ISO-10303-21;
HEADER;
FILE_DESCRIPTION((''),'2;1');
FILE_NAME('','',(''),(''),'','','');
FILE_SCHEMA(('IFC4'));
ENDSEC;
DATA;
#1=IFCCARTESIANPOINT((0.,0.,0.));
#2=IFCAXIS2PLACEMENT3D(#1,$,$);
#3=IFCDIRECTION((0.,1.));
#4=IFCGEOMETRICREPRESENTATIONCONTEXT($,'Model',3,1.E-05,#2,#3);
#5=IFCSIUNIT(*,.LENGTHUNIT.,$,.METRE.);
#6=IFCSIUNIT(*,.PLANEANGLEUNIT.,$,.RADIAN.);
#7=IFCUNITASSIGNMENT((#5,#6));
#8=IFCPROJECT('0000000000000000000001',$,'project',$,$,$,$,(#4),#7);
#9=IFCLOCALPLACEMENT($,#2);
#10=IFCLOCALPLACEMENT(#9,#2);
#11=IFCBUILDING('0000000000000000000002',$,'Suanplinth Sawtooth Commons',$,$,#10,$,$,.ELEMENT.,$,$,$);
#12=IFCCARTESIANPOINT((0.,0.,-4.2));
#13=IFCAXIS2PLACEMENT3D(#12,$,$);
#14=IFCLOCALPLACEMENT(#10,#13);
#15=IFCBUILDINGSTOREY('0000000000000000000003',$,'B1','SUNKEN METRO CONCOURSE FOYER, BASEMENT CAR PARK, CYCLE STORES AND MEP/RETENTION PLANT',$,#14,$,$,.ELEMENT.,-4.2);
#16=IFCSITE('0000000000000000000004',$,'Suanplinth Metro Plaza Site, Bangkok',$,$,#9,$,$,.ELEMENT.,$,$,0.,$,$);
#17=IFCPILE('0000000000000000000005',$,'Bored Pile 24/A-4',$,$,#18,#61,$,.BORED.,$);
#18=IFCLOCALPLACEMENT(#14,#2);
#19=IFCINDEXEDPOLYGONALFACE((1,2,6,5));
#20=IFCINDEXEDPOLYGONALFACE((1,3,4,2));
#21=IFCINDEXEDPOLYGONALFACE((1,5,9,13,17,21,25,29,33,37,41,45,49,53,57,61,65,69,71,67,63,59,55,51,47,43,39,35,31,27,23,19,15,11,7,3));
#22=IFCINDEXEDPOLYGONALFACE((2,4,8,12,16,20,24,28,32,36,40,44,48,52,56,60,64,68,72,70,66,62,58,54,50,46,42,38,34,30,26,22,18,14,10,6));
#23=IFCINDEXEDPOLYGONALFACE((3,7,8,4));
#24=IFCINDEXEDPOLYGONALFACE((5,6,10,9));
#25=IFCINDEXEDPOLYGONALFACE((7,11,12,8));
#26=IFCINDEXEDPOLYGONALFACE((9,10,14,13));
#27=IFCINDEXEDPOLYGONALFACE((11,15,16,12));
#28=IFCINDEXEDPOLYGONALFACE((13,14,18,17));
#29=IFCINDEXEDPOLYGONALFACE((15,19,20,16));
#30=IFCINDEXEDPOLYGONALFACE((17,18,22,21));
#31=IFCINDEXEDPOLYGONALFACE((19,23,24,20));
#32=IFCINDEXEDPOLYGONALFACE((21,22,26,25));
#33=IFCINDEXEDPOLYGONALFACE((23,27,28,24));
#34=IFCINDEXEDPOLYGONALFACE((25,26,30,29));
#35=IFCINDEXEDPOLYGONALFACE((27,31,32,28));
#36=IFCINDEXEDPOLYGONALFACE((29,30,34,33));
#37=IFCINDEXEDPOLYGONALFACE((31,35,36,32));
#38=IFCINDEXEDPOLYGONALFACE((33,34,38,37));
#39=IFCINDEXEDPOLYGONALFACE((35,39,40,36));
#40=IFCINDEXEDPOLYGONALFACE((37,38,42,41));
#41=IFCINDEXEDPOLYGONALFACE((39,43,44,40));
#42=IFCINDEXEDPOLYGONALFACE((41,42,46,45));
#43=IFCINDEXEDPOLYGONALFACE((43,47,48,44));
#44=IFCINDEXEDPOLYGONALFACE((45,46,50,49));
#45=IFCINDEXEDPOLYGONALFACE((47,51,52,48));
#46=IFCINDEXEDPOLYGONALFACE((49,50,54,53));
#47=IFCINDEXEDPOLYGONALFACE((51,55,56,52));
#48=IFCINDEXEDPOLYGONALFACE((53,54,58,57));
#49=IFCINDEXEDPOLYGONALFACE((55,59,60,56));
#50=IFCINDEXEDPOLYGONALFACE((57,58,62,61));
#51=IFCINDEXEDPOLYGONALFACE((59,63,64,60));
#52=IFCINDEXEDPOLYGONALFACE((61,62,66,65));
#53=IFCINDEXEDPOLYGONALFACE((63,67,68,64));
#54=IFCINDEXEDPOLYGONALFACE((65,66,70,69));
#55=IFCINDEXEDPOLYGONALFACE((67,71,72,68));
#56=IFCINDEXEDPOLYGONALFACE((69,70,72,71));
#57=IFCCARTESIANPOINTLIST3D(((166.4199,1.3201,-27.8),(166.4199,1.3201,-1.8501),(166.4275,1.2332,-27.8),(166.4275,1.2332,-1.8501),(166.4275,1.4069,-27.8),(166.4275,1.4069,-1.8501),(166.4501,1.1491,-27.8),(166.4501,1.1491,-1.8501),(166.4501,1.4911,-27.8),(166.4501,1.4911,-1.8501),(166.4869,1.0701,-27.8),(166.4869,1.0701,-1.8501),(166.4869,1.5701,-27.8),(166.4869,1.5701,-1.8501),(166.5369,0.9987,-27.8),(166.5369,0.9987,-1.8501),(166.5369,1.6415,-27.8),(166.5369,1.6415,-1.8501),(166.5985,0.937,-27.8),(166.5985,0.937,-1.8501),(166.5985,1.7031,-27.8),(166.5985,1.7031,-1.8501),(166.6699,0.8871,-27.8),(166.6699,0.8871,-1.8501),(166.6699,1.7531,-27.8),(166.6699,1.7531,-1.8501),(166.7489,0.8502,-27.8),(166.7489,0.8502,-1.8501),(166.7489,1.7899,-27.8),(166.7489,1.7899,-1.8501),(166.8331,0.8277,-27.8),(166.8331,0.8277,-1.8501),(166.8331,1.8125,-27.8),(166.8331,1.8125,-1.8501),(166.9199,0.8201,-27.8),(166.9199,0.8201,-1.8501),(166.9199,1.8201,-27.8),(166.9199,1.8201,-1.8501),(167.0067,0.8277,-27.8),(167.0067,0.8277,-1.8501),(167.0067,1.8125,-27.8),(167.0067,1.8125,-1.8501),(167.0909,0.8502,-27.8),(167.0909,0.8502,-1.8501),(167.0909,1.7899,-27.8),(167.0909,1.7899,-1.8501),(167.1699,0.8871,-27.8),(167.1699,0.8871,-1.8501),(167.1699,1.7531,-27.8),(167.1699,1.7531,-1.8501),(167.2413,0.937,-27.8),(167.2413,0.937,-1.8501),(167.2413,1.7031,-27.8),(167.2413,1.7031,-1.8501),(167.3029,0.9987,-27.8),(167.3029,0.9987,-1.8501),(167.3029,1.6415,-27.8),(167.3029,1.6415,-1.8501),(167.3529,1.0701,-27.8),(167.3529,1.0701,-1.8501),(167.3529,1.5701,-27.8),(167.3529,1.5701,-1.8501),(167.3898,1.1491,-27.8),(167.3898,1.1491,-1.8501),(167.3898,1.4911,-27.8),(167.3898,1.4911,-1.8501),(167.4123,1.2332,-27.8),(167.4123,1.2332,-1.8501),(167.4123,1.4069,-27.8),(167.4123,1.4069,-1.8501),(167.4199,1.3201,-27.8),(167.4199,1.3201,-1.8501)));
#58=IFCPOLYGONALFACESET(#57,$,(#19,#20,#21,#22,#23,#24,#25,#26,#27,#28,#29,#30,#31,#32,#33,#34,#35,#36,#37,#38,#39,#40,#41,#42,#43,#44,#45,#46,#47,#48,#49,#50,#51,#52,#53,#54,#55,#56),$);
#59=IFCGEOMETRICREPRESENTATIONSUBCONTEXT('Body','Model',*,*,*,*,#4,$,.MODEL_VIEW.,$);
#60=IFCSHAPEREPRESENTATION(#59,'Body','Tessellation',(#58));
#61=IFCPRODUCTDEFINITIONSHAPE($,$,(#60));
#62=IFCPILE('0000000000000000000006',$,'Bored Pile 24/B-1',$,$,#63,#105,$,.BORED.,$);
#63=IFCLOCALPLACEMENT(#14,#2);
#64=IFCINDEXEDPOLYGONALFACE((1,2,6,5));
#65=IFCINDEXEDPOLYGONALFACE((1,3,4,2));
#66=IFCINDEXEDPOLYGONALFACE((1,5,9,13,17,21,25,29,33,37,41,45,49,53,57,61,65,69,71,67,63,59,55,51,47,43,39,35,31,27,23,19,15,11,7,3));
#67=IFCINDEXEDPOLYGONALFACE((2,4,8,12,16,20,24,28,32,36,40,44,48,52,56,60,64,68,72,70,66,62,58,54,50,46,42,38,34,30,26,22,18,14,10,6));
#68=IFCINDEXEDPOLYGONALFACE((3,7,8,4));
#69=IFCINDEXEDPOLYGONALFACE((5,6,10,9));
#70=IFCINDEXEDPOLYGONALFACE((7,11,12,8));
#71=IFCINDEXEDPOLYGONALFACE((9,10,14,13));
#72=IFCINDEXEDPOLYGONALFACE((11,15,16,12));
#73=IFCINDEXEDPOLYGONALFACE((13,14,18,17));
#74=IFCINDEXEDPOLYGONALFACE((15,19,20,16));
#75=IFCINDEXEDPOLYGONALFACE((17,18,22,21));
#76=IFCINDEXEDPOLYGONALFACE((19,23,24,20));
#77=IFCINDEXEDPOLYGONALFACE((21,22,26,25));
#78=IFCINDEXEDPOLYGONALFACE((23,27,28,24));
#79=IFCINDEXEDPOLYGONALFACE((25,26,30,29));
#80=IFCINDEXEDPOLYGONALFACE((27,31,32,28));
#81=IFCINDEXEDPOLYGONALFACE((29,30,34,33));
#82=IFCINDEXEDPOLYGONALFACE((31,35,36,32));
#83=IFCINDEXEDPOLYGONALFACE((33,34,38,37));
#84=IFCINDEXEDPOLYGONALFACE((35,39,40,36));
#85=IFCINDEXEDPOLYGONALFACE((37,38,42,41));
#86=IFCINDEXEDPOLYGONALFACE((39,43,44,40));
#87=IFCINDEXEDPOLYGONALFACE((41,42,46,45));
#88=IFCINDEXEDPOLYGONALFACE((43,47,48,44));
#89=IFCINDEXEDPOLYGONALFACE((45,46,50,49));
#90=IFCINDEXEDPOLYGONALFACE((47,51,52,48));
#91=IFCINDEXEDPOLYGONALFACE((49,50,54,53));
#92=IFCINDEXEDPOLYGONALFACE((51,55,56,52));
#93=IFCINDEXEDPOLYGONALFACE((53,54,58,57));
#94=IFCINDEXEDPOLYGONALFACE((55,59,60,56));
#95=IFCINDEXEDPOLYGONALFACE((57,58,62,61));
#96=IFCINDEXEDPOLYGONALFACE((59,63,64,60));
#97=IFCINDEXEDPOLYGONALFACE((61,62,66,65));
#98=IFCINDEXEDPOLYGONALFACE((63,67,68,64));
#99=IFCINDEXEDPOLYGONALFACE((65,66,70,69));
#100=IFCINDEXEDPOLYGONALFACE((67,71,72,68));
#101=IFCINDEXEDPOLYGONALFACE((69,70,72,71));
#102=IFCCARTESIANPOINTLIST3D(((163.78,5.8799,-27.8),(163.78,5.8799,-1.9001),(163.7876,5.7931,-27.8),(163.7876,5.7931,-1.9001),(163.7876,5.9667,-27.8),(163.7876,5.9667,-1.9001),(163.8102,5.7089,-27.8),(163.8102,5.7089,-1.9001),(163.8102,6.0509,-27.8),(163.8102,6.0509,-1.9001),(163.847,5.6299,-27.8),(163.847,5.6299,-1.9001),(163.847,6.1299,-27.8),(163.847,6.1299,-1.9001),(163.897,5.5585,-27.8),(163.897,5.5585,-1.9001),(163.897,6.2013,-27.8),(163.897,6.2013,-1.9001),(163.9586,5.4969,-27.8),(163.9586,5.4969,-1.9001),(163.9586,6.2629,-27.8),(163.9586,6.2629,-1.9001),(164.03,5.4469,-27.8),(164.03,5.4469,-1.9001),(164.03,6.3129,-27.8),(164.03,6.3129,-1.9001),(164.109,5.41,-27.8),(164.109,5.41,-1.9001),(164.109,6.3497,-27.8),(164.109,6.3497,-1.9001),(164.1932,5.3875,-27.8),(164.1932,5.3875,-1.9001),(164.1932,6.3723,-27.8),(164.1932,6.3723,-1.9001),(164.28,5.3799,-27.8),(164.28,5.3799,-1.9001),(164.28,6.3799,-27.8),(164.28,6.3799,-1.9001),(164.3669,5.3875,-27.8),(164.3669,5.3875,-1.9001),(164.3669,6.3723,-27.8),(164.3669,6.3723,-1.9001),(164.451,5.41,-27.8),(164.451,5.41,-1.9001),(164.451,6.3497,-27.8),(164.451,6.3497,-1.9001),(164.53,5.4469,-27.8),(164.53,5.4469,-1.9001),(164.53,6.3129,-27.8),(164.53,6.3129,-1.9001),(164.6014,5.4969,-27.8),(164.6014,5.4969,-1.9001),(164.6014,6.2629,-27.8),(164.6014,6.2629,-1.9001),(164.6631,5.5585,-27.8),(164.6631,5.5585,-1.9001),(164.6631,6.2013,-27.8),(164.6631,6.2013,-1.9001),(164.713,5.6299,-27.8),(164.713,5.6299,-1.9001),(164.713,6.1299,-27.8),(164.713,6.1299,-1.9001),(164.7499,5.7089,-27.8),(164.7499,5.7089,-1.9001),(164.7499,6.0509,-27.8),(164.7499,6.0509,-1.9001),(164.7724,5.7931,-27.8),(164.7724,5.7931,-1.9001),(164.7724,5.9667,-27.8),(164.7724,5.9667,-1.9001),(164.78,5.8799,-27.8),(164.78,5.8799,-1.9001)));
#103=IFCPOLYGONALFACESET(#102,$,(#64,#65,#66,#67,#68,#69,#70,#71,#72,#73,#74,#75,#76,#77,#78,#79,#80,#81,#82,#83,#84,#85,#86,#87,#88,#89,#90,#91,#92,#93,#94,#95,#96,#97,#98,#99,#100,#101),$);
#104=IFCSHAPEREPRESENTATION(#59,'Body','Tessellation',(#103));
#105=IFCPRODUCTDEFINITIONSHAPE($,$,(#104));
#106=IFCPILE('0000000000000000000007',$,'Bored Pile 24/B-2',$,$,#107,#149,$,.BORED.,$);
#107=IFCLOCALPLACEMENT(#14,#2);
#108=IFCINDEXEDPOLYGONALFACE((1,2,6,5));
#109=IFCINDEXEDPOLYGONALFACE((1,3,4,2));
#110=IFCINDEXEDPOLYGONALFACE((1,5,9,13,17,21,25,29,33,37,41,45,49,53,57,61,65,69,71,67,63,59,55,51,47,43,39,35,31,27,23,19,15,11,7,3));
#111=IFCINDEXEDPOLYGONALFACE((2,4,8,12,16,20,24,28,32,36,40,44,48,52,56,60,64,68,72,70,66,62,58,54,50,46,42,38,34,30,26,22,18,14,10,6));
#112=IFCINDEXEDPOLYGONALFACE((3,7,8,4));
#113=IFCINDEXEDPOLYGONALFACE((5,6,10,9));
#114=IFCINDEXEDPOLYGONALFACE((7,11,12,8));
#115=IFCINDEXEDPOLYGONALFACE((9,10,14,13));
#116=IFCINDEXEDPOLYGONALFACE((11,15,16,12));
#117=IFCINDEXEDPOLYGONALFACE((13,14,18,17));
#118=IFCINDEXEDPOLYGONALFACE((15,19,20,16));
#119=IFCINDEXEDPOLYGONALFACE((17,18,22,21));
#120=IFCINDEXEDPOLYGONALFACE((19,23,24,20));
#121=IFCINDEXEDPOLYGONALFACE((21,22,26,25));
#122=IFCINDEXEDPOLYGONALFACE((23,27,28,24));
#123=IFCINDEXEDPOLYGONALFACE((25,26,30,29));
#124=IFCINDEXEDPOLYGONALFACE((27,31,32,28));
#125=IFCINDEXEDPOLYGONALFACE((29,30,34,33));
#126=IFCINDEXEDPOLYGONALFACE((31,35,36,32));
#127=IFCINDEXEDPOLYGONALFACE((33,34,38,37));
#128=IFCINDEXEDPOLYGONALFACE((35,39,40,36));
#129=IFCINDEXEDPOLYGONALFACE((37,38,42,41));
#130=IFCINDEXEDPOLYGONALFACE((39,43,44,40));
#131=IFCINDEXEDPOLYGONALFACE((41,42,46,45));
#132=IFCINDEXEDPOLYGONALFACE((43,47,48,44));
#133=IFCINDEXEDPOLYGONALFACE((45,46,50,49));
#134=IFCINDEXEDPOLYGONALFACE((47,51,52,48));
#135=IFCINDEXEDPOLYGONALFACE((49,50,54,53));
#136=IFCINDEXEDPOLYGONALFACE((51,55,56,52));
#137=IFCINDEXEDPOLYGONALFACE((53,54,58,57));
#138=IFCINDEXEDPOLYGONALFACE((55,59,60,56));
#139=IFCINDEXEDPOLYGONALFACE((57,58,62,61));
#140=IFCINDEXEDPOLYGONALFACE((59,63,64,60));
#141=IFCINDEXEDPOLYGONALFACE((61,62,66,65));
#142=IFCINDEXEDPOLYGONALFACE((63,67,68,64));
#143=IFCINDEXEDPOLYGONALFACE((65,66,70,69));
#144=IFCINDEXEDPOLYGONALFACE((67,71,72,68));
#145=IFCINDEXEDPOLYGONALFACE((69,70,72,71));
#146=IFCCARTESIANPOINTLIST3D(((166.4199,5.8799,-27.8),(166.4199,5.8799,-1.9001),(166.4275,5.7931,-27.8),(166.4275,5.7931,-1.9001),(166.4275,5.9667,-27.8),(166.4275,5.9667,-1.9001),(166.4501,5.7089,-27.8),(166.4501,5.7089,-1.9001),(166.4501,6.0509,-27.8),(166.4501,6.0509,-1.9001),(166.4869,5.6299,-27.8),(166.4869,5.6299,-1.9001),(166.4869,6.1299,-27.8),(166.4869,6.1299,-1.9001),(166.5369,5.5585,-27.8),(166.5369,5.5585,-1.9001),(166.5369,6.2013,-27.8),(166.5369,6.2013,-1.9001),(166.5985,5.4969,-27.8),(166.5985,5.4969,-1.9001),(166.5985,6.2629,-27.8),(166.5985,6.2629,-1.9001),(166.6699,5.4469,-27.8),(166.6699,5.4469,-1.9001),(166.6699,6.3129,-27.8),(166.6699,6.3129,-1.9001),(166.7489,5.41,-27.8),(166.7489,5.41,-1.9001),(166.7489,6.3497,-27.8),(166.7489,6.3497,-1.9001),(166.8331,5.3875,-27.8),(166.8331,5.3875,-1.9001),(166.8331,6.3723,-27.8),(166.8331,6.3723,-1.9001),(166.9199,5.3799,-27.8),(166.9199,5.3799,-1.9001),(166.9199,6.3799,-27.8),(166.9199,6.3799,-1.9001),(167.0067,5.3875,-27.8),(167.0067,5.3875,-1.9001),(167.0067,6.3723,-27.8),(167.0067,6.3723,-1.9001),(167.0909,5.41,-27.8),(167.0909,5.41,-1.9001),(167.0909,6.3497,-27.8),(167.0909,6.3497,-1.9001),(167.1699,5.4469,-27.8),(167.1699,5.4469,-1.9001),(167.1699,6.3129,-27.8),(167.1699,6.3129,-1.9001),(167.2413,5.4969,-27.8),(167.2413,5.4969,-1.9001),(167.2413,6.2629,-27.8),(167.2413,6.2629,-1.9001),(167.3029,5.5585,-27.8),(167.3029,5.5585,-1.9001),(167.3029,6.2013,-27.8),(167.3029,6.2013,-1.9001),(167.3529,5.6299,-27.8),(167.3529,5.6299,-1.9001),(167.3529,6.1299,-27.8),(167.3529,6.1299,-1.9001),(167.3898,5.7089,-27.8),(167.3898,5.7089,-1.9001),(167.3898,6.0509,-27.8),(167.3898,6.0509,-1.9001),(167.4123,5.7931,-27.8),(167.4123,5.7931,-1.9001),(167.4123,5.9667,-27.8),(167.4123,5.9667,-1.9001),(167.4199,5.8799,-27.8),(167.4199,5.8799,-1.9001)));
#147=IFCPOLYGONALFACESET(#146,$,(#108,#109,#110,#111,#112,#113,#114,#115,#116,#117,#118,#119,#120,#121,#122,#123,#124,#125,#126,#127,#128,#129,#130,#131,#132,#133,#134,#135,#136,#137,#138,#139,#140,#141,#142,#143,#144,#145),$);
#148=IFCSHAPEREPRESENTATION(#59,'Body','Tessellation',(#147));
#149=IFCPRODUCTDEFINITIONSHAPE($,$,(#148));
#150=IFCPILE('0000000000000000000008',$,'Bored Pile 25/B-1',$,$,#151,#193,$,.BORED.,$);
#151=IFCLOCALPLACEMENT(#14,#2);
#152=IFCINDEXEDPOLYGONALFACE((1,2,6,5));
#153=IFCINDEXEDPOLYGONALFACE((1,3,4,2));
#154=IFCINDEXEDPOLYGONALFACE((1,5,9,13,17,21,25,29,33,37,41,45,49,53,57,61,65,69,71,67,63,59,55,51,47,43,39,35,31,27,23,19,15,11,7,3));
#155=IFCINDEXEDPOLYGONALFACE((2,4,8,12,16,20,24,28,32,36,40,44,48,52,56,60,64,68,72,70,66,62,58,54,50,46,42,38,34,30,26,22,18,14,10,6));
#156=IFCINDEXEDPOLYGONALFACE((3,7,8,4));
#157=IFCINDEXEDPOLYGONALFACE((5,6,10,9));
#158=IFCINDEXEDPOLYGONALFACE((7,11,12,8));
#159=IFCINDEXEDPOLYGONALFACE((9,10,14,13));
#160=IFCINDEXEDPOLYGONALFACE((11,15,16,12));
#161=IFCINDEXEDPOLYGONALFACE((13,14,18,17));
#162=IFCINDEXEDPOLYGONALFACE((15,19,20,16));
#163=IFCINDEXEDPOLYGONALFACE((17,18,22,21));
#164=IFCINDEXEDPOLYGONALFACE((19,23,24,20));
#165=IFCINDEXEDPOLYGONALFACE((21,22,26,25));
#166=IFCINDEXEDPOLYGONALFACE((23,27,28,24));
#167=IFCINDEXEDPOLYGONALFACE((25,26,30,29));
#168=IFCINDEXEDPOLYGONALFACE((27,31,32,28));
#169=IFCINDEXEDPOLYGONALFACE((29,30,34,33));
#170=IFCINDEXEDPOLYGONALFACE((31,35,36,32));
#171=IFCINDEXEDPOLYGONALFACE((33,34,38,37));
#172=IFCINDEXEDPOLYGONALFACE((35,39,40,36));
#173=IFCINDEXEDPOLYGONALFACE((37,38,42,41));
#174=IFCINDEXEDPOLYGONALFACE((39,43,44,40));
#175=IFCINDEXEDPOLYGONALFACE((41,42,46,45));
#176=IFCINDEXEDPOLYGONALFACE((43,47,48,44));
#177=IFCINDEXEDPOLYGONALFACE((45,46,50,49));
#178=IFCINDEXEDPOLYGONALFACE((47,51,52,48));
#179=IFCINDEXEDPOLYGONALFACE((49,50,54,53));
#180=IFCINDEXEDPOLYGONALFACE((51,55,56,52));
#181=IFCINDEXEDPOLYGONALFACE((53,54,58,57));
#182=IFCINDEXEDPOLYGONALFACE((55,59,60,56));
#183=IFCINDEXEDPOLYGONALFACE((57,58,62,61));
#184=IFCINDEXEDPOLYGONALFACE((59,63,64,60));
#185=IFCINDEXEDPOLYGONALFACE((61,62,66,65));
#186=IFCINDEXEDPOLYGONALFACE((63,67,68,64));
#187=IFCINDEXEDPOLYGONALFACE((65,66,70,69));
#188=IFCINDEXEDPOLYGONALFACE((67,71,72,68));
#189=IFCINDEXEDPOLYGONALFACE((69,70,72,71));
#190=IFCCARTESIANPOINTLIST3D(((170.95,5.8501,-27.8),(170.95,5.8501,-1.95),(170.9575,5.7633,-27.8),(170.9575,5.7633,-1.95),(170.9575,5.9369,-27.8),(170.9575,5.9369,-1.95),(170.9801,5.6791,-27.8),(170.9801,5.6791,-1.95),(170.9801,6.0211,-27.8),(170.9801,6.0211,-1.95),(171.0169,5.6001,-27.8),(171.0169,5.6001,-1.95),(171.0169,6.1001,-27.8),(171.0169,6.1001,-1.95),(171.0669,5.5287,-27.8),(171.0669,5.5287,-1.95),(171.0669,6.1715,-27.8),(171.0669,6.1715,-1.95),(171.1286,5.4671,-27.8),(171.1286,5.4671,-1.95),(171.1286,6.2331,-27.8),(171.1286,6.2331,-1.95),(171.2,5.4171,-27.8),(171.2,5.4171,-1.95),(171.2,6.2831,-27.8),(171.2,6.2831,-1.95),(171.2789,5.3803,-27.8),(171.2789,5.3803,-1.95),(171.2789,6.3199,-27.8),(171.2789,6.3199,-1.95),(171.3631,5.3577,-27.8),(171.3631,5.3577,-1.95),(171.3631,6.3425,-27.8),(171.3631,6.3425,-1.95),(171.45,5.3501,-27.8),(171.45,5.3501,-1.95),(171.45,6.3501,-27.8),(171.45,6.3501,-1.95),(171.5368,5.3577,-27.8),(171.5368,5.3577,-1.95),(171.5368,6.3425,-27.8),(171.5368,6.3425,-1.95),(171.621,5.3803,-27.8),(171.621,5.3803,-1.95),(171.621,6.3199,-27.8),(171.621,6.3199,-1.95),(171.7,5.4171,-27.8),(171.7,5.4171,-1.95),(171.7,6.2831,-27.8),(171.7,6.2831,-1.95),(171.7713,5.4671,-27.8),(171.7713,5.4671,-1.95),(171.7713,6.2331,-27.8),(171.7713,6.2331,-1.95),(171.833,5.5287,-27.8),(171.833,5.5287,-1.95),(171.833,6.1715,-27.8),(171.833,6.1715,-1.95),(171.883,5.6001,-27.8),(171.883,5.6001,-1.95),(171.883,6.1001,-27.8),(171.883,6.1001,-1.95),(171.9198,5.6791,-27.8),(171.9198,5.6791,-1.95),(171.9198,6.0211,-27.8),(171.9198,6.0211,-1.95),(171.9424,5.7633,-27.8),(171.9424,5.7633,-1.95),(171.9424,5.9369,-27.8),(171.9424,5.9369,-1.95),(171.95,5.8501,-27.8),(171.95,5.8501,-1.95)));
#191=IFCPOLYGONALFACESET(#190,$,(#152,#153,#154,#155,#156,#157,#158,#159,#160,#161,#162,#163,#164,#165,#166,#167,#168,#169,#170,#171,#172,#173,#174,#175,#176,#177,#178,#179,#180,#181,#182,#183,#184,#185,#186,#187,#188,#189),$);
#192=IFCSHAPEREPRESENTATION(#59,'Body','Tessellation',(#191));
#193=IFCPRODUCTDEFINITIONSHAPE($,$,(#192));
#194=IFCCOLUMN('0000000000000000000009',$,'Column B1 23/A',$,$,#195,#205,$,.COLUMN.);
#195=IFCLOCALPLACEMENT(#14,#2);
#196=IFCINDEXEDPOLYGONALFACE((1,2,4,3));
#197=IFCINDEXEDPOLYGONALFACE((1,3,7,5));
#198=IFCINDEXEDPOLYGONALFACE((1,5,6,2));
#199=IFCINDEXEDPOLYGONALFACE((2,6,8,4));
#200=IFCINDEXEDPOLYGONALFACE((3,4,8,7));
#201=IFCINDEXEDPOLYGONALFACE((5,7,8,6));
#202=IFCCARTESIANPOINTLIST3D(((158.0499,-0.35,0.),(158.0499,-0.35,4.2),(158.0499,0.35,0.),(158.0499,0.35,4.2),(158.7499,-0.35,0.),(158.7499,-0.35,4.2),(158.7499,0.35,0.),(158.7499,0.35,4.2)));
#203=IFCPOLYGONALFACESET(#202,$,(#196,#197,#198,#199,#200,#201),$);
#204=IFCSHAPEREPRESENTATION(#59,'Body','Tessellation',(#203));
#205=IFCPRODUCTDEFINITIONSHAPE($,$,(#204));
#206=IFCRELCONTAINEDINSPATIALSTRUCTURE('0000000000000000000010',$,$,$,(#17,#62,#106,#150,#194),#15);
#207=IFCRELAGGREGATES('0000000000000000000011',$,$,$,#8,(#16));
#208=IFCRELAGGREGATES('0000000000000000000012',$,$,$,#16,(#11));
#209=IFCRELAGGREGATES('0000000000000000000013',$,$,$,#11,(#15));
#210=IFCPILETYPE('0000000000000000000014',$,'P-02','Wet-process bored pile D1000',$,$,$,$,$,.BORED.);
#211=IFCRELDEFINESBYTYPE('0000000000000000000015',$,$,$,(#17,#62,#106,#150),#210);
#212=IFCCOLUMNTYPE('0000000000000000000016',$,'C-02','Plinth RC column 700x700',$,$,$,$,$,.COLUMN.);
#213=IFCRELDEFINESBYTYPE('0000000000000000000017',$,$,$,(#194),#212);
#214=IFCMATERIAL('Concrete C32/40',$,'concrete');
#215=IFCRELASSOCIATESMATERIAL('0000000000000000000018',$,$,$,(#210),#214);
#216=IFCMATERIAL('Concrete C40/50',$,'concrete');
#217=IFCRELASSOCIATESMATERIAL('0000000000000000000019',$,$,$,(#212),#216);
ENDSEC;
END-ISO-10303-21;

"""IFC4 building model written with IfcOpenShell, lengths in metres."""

from ifc_helpers import new_model, si_unit, direction, frame, origin, origin_2d, place, context, subcontext, project, spatial, rectangle, circle, extrude, material, material_profile, profile_set, type_object, element, save


model = new_model("IFC4")

# Units and contexts
model_context = context("Model", 3, precision=1e-05, world=origin(), true_north=direction((0.0, 1.0)))
body_context = subcontext(model_context, "Body", "Model", "MODEL_VIEW")
ifc_project = project(units=[si_unit("LENGTHUNIT", "METRE"), si_unit("PLANEANGLEUNIT", "RADIAN")], contexts=[model_context])

# Site, building, storey
site_placement = place(None, origin())
site = spatial("IfcSite", under=ifc_project, at=site_placement, Name="Suanplinth Metro Plaza Site, Bangkok", CompositionType="ELEMENT", RefElevation=0.0)
building_placement = place(site_placement, origin())
building = spatial("IfcBuilding", under=site, at=building_placement, Name="Suanplinth Sawtooth Commons", CompositionType="ELEMENT")
storey_placement = place(building_placement, frame((0.0, 0.0, -4.2)))
storey = spatial("IfcBuildingStorey", under=building, at=storey_placement, Name="B1", Description="SUNKEN METRO CONCOURSE FOYER, BASEMENT CAR PARK, CYCLE STORES AND MEP/RETENTION PLANT", CompositionType="ELEMENT", Elevation=-4.2)

# Piles
ifc_material_1 = material(Name="Concrete C32/40", Category="concrete")
ifc_material_profile_1 = material_profile(ifc_material_1, circle(Radius=0.5, at=origin_2d()), Name="PILE D1000")
ifc_profile_set_1 = profile_set([ifc_material_profile_1], Name="Concrete C32/40")
pile_type = type_object("IfcPileType", Name="P-02", Description="Wet-process bored pile D1000", PredefinedType="BORED", material=ifc_profile_set_1)
for number, where, z_axis, x_axis, name in (
    (1, (166.9199, 1.3201, -1.8501), (0.0, 0.0, -1.0), (1.0, 0.0, 0.0), "Bored Pile 24/A-4"),
):
    element("IfcPile", number, at=place(storey_placement, frame(where, z_axis=z_axis, x_axis=x_axis)), inside=storey, type_object=pile_type, Name=name, PredefinedType="BORED", context=body_context, shape_type="SweptSolid", body=[
        extrude(circle(Radius=0.5, at=origin_2d()), origin(), (0.0, 0.0, 1.0), 25.95),
    ])
for number, where, z_axis, x_axis, name in (
    (2, (164.28, 5.8799, -1.9001), (0.0, 0.0, -1.0), (1.0, 0.0, 0.0), "Bored Pile 24/B-1"),
    (3, (166.9199, 5.8799, -1.9001), (0.0, 0.0, -1.0), (1.0, 0.0, 0.0), "Bored Pile 24/B-2"),
):
    element("IfcPile", number, at=place(storey_placement, frame(where, z_axis=z_axis, x_axis=x_axis)), inside=storey, type_object=pile_type, Name=name, PredefinedType="BORED", context=body_context, shape_type="SweptSolid", body=[
        extrude(circle(Radius=0.5, at=origin_2d()), origin(), (0.0, 0.0, 1.0), 25.8999),
    ])
pile_placement = place(storey_placement, frame((171.45, 5.8501, -1.95), z_axis=(0.0, 0.0, -1.0), x_axis=(1.0, 0.0, 0.0)))
element("IfcPile", 4, at=pile_placement, inside=storey, type_object=pile_type, Name="Bored Pile 25/B-1", PredefinedType="BORED", context=body_context, shape_type="SweptSolid", body=[
    extrude(circle(Radius=0.5, at=origin_2d()), origin(), (0.0, 0.0, 1.0), 25.8501),
])

# Column
ifc_material_2 = material(Name="Concrete C40/50", Category="concrete")
ifc_material_profile_2 = material_profile(ifc_material_2, rectangle(XDim=0.7, YDim=0.7, at=origin_2d()), Name="RC-COL 700x700")
ifc_profile_set_2 = profile_set([ifc_material_profile_2], Name="Concrete C40/50")
column_type = type_object("IfcColumnType", Name="C-02", Description="Plinth RC column 700x700", PredefinedType="COLUMN", material=ifc_profile_set_2)
for number, where, z_axis, x_axis, name in (
    (5, (158.3999, 0.0, 0.0), (0.0, 0.0, 1.0), (1.0, 0.0, 0.0), "Column B1 23/A"),
):
    element("IfcColumn", number, at=place(storey_placement, frame(where, z_axis=z_axis, x_axis=x_axis)), inside=storey, type_object=column_type, Name=name, PredefinedType="COLUMN", context=body_context, shape_type="SweptSolid", body=[
        extrude(rectangle(XDim=0.7, YDim=0.7, at=origin_2d()), origin(), (0.0, 0.0, 1.0), 4.2),
    ])

save(model, "model.ifc")
